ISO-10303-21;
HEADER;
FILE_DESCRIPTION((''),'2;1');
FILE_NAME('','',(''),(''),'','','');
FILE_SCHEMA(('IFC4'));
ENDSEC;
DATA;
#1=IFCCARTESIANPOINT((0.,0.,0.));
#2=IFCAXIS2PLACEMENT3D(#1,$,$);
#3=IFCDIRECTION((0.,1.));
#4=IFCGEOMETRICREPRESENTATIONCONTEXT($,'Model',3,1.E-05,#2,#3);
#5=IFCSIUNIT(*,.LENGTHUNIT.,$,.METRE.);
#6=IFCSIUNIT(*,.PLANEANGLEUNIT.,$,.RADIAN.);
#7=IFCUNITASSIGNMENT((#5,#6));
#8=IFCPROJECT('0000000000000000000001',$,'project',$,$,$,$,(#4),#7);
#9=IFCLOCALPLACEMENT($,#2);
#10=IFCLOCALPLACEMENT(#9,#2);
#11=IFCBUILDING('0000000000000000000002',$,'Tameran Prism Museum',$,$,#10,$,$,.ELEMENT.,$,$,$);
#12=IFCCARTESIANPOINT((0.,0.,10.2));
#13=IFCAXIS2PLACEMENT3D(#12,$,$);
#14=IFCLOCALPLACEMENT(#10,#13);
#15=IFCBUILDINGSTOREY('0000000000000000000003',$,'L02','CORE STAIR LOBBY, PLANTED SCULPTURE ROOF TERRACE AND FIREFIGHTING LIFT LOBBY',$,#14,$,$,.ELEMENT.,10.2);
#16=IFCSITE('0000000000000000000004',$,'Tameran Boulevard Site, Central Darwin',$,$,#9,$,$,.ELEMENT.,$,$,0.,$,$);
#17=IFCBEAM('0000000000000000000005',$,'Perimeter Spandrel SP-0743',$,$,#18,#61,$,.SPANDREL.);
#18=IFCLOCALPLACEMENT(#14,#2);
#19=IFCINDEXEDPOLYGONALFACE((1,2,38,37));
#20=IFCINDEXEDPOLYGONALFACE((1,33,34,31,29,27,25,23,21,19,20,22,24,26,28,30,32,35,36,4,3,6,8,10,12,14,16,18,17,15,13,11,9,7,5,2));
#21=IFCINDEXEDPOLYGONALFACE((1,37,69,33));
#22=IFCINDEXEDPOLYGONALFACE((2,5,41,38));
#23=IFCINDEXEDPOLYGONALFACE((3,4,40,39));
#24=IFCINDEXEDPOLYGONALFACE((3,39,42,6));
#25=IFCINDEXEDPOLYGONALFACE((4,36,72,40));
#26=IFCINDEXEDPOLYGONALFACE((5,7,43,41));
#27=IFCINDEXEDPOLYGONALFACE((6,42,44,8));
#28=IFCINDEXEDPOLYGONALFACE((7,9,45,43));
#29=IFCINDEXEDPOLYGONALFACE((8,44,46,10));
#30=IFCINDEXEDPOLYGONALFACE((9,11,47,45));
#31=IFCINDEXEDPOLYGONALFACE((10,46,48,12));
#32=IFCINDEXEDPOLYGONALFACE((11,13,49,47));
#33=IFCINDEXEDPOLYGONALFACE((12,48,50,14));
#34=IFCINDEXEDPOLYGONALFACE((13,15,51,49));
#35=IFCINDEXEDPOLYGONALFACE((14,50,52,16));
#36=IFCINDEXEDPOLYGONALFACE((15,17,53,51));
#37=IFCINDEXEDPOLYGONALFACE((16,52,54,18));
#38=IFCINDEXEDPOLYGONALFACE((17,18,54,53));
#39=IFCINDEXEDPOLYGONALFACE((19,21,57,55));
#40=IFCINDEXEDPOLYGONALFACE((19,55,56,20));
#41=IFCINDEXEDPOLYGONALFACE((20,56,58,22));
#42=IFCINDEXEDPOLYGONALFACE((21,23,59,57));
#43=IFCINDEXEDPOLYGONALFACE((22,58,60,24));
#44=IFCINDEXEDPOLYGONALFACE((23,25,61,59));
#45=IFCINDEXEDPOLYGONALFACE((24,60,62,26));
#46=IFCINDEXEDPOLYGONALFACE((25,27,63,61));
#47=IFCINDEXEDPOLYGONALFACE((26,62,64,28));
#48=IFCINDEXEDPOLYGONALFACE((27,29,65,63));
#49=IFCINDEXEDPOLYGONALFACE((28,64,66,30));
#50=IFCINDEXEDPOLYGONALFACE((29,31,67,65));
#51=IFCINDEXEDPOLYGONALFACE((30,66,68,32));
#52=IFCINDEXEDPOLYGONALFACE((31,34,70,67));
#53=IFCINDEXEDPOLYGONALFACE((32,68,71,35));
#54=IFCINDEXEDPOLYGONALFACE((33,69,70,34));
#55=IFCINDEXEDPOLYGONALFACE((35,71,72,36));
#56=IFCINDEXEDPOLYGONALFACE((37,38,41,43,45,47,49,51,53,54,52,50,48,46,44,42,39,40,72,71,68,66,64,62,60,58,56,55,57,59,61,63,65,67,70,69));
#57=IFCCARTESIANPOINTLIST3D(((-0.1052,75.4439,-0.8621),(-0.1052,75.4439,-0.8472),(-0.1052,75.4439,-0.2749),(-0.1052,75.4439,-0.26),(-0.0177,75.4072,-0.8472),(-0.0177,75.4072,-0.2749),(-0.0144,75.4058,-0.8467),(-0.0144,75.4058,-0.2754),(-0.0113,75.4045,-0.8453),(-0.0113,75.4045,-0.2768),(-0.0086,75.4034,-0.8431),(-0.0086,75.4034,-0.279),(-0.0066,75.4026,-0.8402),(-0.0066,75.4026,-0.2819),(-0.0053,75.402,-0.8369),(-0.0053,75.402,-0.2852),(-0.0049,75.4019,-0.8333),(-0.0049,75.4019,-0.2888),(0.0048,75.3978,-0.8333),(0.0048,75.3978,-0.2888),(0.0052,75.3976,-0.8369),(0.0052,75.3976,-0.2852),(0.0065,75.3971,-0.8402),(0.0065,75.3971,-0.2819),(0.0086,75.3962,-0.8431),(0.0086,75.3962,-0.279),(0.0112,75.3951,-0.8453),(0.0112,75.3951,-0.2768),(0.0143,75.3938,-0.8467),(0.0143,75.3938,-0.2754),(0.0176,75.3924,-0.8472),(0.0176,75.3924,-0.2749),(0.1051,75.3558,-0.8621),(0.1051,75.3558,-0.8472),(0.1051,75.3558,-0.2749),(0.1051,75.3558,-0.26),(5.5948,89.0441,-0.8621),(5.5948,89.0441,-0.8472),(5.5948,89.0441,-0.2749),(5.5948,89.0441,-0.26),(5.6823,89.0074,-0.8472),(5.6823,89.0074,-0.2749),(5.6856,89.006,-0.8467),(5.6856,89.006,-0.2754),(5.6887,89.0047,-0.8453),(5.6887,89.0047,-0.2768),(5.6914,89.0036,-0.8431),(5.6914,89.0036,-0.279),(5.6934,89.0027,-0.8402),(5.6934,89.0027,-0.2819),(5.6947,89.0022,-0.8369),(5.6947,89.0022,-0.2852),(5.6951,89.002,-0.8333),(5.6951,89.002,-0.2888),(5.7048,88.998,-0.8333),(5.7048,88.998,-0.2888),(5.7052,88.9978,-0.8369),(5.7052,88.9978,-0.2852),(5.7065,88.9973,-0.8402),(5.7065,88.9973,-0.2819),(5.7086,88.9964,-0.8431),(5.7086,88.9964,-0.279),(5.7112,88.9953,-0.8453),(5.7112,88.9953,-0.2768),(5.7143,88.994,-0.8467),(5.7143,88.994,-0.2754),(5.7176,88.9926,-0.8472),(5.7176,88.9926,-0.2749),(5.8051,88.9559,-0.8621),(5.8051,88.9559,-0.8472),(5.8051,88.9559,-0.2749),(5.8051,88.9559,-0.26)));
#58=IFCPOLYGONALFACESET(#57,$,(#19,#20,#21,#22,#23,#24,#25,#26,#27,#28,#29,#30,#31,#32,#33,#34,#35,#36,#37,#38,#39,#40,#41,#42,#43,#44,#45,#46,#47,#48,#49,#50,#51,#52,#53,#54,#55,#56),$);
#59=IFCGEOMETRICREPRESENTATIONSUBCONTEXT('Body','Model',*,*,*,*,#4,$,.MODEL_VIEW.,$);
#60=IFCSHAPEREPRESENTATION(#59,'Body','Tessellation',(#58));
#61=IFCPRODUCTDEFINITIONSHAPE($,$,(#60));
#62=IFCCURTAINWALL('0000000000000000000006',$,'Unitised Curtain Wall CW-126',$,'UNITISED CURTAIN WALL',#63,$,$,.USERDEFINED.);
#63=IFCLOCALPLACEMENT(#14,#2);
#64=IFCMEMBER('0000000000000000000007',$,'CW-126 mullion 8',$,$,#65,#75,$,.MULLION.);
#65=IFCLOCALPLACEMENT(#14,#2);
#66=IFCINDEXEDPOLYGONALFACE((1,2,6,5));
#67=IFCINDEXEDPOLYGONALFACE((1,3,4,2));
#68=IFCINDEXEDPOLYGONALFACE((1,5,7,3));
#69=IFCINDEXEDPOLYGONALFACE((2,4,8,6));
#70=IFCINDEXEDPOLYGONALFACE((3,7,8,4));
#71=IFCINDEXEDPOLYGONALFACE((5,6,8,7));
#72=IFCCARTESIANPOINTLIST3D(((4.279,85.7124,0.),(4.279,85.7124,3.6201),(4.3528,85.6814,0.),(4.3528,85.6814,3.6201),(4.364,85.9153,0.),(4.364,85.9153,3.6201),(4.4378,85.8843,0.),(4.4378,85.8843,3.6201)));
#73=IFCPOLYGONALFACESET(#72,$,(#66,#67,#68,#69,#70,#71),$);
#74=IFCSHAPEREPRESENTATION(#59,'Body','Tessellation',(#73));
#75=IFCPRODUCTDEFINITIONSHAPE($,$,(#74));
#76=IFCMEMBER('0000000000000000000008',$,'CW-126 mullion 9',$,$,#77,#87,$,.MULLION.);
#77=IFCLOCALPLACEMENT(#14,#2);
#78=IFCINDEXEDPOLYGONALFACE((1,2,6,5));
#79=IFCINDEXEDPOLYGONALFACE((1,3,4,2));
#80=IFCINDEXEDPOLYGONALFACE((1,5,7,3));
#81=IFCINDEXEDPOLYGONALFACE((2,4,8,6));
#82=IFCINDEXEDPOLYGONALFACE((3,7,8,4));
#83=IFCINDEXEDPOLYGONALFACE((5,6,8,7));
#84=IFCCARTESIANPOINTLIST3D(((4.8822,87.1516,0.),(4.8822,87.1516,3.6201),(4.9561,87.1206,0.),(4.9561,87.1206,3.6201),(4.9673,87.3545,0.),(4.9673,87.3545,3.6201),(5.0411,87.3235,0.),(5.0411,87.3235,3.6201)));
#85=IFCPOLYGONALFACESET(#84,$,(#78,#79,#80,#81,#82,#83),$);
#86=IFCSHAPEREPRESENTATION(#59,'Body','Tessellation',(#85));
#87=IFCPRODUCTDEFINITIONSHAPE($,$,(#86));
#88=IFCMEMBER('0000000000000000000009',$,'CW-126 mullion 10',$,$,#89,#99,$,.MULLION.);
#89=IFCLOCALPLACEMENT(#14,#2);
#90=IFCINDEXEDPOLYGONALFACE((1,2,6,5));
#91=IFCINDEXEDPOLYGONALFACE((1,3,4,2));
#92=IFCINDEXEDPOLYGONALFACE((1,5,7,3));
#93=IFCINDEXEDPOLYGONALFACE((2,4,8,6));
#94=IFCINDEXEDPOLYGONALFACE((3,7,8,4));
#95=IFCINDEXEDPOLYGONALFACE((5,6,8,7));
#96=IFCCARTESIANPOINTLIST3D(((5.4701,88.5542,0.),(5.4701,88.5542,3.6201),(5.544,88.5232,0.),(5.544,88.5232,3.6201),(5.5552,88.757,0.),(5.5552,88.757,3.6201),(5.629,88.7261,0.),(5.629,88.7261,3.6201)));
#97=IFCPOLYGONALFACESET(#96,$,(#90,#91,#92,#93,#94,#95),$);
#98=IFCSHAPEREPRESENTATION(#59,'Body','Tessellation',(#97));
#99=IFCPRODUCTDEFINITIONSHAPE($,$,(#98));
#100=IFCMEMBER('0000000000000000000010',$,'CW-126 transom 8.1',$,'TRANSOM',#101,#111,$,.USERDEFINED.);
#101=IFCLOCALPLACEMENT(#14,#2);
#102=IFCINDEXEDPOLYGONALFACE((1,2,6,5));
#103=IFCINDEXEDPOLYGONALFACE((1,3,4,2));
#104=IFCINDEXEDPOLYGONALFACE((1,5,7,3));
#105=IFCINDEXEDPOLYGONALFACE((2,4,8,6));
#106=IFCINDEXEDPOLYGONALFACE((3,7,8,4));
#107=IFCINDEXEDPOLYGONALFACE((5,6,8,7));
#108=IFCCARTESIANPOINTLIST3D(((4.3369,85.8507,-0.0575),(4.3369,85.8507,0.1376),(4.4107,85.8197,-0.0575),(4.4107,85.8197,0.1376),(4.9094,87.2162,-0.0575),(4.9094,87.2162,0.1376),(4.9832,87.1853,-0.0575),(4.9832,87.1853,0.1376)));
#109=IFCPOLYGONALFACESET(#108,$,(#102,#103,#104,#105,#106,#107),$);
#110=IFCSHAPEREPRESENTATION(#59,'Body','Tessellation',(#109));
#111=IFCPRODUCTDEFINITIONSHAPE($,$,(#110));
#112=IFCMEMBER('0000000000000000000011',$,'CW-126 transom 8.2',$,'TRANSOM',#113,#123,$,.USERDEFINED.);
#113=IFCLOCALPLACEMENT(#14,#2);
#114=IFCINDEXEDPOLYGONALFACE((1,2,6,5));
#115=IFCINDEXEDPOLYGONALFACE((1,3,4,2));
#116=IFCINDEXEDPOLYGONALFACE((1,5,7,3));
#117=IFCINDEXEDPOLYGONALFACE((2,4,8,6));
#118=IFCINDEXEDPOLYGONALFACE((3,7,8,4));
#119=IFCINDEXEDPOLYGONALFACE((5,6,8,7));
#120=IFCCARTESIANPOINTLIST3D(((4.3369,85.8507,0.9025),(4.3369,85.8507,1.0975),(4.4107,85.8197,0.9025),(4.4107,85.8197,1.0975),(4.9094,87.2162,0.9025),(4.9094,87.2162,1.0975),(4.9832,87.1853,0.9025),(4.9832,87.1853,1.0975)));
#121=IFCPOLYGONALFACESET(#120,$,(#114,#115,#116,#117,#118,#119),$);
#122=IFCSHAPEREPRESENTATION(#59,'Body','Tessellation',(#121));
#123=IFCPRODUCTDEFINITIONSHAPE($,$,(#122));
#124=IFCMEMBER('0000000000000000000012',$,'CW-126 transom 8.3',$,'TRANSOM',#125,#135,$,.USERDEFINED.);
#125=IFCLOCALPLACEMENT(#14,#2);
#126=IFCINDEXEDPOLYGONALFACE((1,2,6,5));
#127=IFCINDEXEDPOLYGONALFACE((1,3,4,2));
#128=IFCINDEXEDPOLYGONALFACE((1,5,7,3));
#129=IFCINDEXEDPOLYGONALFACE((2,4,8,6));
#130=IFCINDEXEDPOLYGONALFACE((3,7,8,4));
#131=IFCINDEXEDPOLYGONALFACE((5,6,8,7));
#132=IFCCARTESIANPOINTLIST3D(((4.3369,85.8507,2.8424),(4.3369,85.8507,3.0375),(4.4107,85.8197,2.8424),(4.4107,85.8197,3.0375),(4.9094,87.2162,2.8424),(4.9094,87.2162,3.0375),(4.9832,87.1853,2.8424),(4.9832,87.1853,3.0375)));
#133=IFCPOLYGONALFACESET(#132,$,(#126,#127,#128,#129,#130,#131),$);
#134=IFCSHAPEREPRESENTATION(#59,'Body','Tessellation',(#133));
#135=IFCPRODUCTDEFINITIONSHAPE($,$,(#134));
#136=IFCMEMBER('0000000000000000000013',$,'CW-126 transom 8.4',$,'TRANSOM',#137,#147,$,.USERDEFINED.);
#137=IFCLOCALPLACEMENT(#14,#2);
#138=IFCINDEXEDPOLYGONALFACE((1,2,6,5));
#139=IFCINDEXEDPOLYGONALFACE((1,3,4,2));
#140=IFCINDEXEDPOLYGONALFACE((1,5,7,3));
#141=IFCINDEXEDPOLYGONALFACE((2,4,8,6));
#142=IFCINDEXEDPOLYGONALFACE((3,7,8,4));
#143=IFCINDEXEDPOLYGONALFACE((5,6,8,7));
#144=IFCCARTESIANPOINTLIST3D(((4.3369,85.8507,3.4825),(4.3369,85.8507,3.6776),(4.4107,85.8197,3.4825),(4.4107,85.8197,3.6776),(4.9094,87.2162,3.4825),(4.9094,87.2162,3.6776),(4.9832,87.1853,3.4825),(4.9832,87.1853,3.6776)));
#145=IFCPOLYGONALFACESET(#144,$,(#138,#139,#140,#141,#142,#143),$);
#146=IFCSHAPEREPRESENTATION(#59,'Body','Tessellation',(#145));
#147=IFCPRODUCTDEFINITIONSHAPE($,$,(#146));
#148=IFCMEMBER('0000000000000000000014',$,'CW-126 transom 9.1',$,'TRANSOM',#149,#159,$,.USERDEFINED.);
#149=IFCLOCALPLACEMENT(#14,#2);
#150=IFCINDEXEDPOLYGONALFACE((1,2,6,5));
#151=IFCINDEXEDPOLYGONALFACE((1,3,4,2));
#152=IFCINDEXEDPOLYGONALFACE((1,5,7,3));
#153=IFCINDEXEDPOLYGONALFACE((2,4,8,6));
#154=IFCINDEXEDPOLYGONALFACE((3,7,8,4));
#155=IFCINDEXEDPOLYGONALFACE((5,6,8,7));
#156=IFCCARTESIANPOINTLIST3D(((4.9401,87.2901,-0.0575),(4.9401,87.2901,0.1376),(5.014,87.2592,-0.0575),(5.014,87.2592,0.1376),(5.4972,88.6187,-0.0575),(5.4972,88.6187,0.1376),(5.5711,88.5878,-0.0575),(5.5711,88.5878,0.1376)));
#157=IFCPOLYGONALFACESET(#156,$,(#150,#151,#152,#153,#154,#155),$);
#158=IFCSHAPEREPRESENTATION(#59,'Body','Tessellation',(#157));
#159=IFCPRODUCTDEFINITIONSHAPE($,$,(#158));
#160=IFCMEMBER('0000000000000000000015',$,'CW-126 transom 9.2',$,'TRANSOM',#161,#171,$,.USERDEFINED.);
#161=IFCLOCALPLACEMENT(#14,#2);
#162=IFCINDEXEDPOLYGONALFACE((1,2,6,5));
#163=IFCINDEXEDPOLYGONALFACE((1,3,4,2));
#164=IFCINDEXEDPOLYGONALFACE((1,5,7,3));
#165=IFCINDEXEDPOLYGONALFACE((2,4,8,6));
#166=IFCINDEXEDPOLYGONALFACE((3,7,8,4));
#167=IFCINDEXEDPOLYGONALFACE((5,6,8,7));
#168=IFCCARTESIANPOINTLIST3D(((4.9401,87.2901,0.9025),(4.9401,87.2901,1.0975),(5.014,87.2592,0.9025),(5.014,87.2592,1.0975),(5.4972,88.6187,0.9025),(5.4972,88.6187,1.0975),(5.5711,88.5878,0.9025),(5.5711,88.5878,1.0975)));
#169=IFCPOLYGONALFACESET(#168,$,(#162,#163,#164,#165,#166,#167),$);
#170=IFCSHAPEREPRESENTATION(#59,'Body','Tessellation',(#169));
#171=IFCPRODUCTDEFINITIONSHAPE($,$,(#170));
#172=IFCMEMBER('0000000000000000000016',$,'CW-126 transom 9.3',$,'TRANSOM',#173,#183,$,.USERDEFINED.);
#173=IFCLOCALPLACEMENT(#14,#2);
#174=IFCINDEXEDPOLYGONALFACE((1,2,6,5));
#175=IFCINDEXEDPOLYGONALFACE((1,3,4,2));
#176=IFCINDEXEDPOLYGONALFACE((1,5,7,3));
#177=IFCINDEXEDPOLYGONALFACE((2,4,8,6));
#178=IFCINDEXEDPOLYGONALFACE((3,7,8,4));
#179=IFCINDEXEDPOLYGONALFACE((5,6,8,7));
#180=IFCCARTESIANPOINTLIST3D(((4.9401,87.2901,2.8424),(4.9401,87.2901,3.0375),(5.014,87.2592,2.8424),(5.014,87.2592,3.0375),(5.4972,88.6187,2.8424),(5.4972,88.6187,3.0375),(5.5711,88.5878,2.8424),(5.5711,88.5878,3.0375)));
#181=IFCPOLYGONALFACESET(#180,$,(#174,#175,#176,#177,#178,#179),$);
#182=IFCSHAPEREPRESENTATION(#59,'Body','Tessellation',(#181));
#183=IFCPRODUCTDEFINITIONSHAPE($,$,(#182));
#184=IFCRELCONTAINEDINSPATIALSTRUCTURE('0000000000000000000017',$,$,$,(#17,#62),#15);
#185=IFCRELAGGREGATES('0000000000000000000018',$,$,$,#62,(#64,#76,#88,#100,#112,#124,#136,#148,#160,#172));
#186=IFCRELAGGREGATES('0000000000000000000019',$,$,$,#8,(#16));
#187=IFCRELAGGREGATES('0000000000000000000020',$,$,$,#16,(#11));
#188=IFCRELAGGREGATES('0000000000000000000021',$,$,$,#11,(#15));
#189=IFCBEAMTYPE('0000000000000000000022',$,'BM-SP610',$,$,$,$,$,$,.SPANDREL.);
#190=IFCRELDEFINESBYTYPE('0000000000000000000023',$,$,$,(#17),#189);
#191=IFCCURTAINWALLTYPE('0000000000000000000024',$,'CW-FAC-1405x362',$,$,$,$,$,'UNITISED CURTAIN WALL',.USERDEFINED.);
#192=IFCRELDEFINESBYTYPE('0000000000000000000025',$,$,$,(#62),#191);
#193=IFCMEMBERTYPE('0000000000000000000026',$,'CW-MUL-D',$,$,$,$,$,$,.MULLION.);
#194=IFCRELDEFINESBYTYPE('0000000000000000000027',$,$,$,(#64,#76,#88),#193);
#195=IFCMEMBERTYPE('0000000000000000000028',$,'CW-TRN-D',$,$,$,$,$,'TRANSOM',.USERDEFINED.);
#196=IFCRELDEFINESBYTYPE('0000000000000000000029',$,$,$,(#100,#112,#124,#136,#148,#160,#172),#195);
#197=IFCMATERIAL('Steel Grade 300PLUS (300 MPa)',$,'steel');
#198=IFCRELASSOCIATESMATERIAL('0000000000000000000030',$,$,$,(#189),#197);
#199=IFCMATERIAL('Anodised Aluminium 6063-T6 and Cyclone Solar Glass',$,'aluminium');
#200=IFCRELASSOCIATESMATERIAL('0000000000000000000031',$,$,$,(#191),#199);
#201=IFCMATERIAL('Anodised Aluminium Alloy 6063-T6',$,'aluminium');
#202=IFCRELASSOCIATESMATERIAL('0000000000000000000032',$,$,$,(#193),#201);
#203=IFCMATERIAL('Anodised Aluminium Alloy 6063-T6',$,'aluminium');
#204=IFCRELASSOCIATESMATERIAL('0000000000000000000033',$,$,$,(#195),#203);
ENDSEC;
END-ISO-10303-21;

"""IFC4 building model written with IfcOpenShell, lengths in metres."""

from ifc_helpers import new_model, si_unit, direction, frame, origin, origin_2d, place, context, subcontext, project, spatial, rectangle, i_section, extrude, material, material_profile, profile_set, type_object, element, aggregate, save


model = new_model("IFC4")

# Units and contexts
model_context = context("Model", 3, precision=1e-05, world=origin(), true_north=direction((0.0, 1.0)))
body_context = subcontext(model_context, "Body", "Model", "MODEL_VIEW")
ifc_project = project(units=[si_unit("LENGTHUNIT", "METRE"), si_unit("PLANEANGLEUNIT", "RADIAN")], contexts=[model_context])

# Site, building, storey
site_placement = place(None, origin())
site = spatial("IfcSite", under=ifc_project, at=site_placement, Name="Tameran Boulevard Site, Central Darwin", CompositionType="ELEMENT", RefElevation=0.0)
building_placement = place(site_placement, origin())
building = spatial("IfcBuilding", under=site, at=building_placement, Name="Tameran Prism Museum", CompositionType="ELEMENT")
storey_placement = place(building_placement, frame((0.0, 0.0, 10.2)))
storey = spatial("IfcBuildingStorey", under=building, at=storey_placement, Name="L02", Description="CORE STAIR LOBBY, PLANTED SCULPTURE ROOF TERRACE AND FIREFIGHTING LIFT LOBBY", CompositionType="ELEMENT", Elevation=10.2)

# Beam
ifc_material_1 = material(Name="Steel Grade 300PLUS (300 MPa)", Category="steel")
ifc_material_profile_1 = material_profile(ifc_material_1, i_section(OverallWidth=0.228, OverallDepth=0.6021, WebThickness=0.0105, FlangeThickness=0.0149, FilletRadius=0.0139, at=origin_2d()))
ifc_profile_set_1 = profile_set([ifc_material_profile_1])
beam_type_1 = type_object("IfcBeamType", Name="BM-SP610", PredefinedType="SPANDREL", material=ifc_profile_set_1)
beam_1_placement = place(storey_placement, frame((5.7, 89.0, -0.561), z_axis=(-0.386535, -0.922275, 0.0), x_axis=(0.922275, -0.386535, 0.0)))
element("IfcBeam", 1, at=beam_1_placement, inside=storey, type_object=beam_type_1, Name="Perimeter Spandrel SP-0743", PredefinedType="SPANDREL", context=body_context, shape_type="SweptSolid", body=[
    extrude(i_section(OverallWidth=0.228, OverallDepth=0.6021, WebThickness=0.0105, FlangeThickness=0.0149, FilletRadius=0.0139, at=origin_2d()), origin(), (0.0, 0.0, 1.0), 14.7463),
])

# Curtain wall, members
ifc_material_2 = material(Name="Anodised Aluminium 6063-T6 and Cyclone Solar Glass", Category="aluminium")
curtain_wall_type = type_object("IfcCurtainWallType", Name="CW-FAC-1405x362", ElementType="UNITISED CURTAIN WALL", PredefinedType="USERDEFINED", material=ifc_material_2)
curtain_wall_placement = place(storey_placement, origin())
curtain_wall = element("IfcCurtainWall", 2, at=curtain_wall_placement, inside=storey, type_object=curtain_wall_type, Name="Unitised Curtain Wall CW-126", ObjectType="UNITISED CURTAIN WALL", PredefinedType="USERDEFINED")
ifc_material_3 = material(Name="Anodised Aluminium Alloy 6063-T6", Category="aluminium")
ifc_material_profile_2 = material_profile(ifc_material_3, rectangle(XDim=0.0801, YDim=0.22, at=origin_2d()))
ifc_profile_set_2 = profile_set([ifc_material_profile_2])
member_type_1 = type_object("IfcMemberType", Name="CW-MUL-D", PredefinedType="MULLION", material=ifc_profile_set_2)
member_1_placement = place(storey_placement, frame((4.3584, 85.7983, 0.0), z_axis=(0.0, 0.0, 1.0), x_axis=(-0.922253, 0.386586, 0.0)))
member_1 = element("IfcMember", 3, at=member_1_placement, type_object=member_type_1, Name="CW-126 mullion 8", PredefinedType="MULLION", context=body_context, shape_type="SweptSolid", body=[
    extrude(rectangle(XDim=0.0801, YDim=0.22, at=origin_2d()), origin(), (0.0, 0.0, 1.0), 3.6201),
])
member_2_placement = place(storey_placement, frame((4.9617, 87.2375, 0.0), z_axis=(0.0, 0.0, 1.0), x_axis=(-0.922253, 0.386586, 0.0)))
member_2 = element("IfcMember", 4, at=member_2_placement, type_object=member_type_1, Name="CW-126 mullion 9", PredefinedType="MULLION", context=body_context, shape_type="SweptSolid", body=[
    extrude(rectangle(XDim=0.0801, YDim=0.22, at=origin_2d()), origin(), (0.0, 0.0, 1.0), 3.6201),
])
member_3_placement = place(storey_placement, frame((5.5496, 88.6401, 0.0), z_axis=(0.0, 0.0, 1.0), x_axis=(-0.922253, 0.386586, 0.0)))
member_3 = element("IfcMember", 5, at=member_3_placement, type_object=member_type_1, Name="CW-126 mullion 10", PredefinedType="MULLION", context=body_context, shape_type="SweptSolid", body=[
    extrude(rectangle(XDim=0.0801, YDim=0.22, at=origin_2d()), origin(), (0.0, 0.0, 1.0), 3.6201),
])
ifc_material_4 = material(Name="Anodised Aluminium Alloy 6063-T6", Category="aluminium")
ifc_material_profile_3 = material_profile(ifc_material_4, rectangle(XDim=0.0801, YDim=0.1951, at=origin_2d()))
ifc_profile_set_3 = profile_set([ifc_material_profile_3])
member_type_2 = type_object("IfcMemberType", Name="CW-TRN-D", ElementType="TRANSOM", PredefinedType="USERDEFINED", material=ifc_profile_set_3)
member_4_placement = place(storey_placement, frame((4.3738, 85.8352, 0.04), z_axis=(0.386663, 0.922221, 0.0), x_axis=(-0.922221, 0.386663, 0.0)))
member_4 = element("IfcMember", 6, at=member_4_placement, type_object=member_type_2, Name="CW-126 transom 8.1", ObjectType="TRANSOM", PredefinedType="USERDEFINED", context=body_context, shape_type="SweptSolid", body=[
    extrude(rectangle(XDim=0.0801, YDim=0.1951, at=origin_2d()), origin(), (0.0, 0.0, 1.0), 1.4807),
])
member_5_placement = place(storey_placement, frame((4.3738, 85.8352, 1.0), z_axis=(0.386663, 0.922221, 0.0), x_axis=(-0.922221, 0.386663, 0.0)))
member_5 = element("IfcMember", 7, at=member_5_placement, type_object=member_type_2, Name="CW-126 transom 8.2", ObjectType="TRANSOM", PredefinedType="USERDEFINED", context=body_context, shape_type="SweptSolid", body=[
    extrude(rectangle(XDim=0.0801, YDim=0.1951, at=origin_2d()), origin(), (0.0, 0.0, 1.0), 1.4807),
])
member_6_placement = place(storey_placement, frame((4.3738, 85.8352, 2.9399), z_axis=(0.386663, 0.922221, 0.0), x_axis=(-0.922221, 0.386663, 0.0)))
member_6 = element("IfcMember", 8, at=member_6_placement, type_object=member_type_2, Name="CW-126 transom 8.3", ObjectType="TRANSOM", PredefinedType="USERDEFINED", context=body_context, shape_type="SweptSolid", body=[
    extrude(rectangle(XDim=0.0801, YDim=0.1951, at=origin_2d()), origin(), (0.0, 0.0, 1.0), 1.4807),
])
member_7_placement = place(storey_placement, frame((4.3738, 85.8352, 3.5801), z_axis=(0.386663, 0.922221, 0.0), x_axis=(-0.922221, 0.386663, 0.0)))
member_7 = element("IfcMember", 9, at=member_7_placement, type_object=member_type_2, Name="CW-126 transom 8.4", ObjectType="TRANSOM", PredefinedType="USERDEFINED", context=body_context, shape_type="SweptSolid", body=[
    extrude(rectangle(XDim=0.0801, YDim=0.1951, at=origin_2d()), origin(), (0.0, 0.0, 1.0), 1.4807),
])
member_8_placement = place(storey_placement, frame((4.9771, 87.2747, 0.04), z_axis=(0.386708, 0.922202, 0.0), x_axis=(-0.922202, 0.386708, 0.0)))
member_8 = element("IfcMember", 10, at=member_8_placement, type_object=member_type_2, Name="CW-126 transom 9.1", ObjectType="TRANSOM", PredefinedType="USERDEFINED", context=body_context, shape_type="SweptSolid", body=[
    extrude(rectangle(XDim=0.0801, YDim=0.1951, at=origin_2d()), origin(), (0.0, 0.0, 1.0), 1.4407),
])
member_9_placement = place(storey_placement, frame((4.9771, 87.2747, 1.0), z_axis=(0.386708, 0.922202, 0.0), x_axis=(-0.922202, 0.386708, 0.0)))
member_9 = element("IfcMember", 11, at=member_9_placement, type_object=member_type_2, Name="CW-126 transom 9.2", ObjectType="TRANSOM", PredefinedType="USERDEFINED", context=body_context, shape_type="SweptSolid", body=[
    extrude(rectangle(XDim=0.0801, YDim=0.1951, at=origin_2d()), origin(), (0.0, 0.0, 1.0), 1.4407),
])
member_10_placement = place(storey_placement, frame((4.9771, 87.2747, 2.9399), z_axis=(0.386708, 0.922202, 0.0), x_axis=(-0.922202, 0.386708, 0.0)))
member_10 = element("IfcMember", 12, at=member_10_placement, type_object=member_type_2, Name="CW-126 transom 9.3", ObjectType="TRANSOM", PredefinedType="USERDEFINED", context=body_context, shape_type="SweptSolid", body=[
    extrude(rectangle(XDim=0.0801, YDim=0.1951, at=origin_2d()), origin(), (0.0, 0.0, 1.0), 1.4407),
])
aggregate(curtain_wall, [member_1, member_2, member_3, member_4, member_5, member_6, member_7, member_8, member_9, member_10])

save(model, "model.ifc")
